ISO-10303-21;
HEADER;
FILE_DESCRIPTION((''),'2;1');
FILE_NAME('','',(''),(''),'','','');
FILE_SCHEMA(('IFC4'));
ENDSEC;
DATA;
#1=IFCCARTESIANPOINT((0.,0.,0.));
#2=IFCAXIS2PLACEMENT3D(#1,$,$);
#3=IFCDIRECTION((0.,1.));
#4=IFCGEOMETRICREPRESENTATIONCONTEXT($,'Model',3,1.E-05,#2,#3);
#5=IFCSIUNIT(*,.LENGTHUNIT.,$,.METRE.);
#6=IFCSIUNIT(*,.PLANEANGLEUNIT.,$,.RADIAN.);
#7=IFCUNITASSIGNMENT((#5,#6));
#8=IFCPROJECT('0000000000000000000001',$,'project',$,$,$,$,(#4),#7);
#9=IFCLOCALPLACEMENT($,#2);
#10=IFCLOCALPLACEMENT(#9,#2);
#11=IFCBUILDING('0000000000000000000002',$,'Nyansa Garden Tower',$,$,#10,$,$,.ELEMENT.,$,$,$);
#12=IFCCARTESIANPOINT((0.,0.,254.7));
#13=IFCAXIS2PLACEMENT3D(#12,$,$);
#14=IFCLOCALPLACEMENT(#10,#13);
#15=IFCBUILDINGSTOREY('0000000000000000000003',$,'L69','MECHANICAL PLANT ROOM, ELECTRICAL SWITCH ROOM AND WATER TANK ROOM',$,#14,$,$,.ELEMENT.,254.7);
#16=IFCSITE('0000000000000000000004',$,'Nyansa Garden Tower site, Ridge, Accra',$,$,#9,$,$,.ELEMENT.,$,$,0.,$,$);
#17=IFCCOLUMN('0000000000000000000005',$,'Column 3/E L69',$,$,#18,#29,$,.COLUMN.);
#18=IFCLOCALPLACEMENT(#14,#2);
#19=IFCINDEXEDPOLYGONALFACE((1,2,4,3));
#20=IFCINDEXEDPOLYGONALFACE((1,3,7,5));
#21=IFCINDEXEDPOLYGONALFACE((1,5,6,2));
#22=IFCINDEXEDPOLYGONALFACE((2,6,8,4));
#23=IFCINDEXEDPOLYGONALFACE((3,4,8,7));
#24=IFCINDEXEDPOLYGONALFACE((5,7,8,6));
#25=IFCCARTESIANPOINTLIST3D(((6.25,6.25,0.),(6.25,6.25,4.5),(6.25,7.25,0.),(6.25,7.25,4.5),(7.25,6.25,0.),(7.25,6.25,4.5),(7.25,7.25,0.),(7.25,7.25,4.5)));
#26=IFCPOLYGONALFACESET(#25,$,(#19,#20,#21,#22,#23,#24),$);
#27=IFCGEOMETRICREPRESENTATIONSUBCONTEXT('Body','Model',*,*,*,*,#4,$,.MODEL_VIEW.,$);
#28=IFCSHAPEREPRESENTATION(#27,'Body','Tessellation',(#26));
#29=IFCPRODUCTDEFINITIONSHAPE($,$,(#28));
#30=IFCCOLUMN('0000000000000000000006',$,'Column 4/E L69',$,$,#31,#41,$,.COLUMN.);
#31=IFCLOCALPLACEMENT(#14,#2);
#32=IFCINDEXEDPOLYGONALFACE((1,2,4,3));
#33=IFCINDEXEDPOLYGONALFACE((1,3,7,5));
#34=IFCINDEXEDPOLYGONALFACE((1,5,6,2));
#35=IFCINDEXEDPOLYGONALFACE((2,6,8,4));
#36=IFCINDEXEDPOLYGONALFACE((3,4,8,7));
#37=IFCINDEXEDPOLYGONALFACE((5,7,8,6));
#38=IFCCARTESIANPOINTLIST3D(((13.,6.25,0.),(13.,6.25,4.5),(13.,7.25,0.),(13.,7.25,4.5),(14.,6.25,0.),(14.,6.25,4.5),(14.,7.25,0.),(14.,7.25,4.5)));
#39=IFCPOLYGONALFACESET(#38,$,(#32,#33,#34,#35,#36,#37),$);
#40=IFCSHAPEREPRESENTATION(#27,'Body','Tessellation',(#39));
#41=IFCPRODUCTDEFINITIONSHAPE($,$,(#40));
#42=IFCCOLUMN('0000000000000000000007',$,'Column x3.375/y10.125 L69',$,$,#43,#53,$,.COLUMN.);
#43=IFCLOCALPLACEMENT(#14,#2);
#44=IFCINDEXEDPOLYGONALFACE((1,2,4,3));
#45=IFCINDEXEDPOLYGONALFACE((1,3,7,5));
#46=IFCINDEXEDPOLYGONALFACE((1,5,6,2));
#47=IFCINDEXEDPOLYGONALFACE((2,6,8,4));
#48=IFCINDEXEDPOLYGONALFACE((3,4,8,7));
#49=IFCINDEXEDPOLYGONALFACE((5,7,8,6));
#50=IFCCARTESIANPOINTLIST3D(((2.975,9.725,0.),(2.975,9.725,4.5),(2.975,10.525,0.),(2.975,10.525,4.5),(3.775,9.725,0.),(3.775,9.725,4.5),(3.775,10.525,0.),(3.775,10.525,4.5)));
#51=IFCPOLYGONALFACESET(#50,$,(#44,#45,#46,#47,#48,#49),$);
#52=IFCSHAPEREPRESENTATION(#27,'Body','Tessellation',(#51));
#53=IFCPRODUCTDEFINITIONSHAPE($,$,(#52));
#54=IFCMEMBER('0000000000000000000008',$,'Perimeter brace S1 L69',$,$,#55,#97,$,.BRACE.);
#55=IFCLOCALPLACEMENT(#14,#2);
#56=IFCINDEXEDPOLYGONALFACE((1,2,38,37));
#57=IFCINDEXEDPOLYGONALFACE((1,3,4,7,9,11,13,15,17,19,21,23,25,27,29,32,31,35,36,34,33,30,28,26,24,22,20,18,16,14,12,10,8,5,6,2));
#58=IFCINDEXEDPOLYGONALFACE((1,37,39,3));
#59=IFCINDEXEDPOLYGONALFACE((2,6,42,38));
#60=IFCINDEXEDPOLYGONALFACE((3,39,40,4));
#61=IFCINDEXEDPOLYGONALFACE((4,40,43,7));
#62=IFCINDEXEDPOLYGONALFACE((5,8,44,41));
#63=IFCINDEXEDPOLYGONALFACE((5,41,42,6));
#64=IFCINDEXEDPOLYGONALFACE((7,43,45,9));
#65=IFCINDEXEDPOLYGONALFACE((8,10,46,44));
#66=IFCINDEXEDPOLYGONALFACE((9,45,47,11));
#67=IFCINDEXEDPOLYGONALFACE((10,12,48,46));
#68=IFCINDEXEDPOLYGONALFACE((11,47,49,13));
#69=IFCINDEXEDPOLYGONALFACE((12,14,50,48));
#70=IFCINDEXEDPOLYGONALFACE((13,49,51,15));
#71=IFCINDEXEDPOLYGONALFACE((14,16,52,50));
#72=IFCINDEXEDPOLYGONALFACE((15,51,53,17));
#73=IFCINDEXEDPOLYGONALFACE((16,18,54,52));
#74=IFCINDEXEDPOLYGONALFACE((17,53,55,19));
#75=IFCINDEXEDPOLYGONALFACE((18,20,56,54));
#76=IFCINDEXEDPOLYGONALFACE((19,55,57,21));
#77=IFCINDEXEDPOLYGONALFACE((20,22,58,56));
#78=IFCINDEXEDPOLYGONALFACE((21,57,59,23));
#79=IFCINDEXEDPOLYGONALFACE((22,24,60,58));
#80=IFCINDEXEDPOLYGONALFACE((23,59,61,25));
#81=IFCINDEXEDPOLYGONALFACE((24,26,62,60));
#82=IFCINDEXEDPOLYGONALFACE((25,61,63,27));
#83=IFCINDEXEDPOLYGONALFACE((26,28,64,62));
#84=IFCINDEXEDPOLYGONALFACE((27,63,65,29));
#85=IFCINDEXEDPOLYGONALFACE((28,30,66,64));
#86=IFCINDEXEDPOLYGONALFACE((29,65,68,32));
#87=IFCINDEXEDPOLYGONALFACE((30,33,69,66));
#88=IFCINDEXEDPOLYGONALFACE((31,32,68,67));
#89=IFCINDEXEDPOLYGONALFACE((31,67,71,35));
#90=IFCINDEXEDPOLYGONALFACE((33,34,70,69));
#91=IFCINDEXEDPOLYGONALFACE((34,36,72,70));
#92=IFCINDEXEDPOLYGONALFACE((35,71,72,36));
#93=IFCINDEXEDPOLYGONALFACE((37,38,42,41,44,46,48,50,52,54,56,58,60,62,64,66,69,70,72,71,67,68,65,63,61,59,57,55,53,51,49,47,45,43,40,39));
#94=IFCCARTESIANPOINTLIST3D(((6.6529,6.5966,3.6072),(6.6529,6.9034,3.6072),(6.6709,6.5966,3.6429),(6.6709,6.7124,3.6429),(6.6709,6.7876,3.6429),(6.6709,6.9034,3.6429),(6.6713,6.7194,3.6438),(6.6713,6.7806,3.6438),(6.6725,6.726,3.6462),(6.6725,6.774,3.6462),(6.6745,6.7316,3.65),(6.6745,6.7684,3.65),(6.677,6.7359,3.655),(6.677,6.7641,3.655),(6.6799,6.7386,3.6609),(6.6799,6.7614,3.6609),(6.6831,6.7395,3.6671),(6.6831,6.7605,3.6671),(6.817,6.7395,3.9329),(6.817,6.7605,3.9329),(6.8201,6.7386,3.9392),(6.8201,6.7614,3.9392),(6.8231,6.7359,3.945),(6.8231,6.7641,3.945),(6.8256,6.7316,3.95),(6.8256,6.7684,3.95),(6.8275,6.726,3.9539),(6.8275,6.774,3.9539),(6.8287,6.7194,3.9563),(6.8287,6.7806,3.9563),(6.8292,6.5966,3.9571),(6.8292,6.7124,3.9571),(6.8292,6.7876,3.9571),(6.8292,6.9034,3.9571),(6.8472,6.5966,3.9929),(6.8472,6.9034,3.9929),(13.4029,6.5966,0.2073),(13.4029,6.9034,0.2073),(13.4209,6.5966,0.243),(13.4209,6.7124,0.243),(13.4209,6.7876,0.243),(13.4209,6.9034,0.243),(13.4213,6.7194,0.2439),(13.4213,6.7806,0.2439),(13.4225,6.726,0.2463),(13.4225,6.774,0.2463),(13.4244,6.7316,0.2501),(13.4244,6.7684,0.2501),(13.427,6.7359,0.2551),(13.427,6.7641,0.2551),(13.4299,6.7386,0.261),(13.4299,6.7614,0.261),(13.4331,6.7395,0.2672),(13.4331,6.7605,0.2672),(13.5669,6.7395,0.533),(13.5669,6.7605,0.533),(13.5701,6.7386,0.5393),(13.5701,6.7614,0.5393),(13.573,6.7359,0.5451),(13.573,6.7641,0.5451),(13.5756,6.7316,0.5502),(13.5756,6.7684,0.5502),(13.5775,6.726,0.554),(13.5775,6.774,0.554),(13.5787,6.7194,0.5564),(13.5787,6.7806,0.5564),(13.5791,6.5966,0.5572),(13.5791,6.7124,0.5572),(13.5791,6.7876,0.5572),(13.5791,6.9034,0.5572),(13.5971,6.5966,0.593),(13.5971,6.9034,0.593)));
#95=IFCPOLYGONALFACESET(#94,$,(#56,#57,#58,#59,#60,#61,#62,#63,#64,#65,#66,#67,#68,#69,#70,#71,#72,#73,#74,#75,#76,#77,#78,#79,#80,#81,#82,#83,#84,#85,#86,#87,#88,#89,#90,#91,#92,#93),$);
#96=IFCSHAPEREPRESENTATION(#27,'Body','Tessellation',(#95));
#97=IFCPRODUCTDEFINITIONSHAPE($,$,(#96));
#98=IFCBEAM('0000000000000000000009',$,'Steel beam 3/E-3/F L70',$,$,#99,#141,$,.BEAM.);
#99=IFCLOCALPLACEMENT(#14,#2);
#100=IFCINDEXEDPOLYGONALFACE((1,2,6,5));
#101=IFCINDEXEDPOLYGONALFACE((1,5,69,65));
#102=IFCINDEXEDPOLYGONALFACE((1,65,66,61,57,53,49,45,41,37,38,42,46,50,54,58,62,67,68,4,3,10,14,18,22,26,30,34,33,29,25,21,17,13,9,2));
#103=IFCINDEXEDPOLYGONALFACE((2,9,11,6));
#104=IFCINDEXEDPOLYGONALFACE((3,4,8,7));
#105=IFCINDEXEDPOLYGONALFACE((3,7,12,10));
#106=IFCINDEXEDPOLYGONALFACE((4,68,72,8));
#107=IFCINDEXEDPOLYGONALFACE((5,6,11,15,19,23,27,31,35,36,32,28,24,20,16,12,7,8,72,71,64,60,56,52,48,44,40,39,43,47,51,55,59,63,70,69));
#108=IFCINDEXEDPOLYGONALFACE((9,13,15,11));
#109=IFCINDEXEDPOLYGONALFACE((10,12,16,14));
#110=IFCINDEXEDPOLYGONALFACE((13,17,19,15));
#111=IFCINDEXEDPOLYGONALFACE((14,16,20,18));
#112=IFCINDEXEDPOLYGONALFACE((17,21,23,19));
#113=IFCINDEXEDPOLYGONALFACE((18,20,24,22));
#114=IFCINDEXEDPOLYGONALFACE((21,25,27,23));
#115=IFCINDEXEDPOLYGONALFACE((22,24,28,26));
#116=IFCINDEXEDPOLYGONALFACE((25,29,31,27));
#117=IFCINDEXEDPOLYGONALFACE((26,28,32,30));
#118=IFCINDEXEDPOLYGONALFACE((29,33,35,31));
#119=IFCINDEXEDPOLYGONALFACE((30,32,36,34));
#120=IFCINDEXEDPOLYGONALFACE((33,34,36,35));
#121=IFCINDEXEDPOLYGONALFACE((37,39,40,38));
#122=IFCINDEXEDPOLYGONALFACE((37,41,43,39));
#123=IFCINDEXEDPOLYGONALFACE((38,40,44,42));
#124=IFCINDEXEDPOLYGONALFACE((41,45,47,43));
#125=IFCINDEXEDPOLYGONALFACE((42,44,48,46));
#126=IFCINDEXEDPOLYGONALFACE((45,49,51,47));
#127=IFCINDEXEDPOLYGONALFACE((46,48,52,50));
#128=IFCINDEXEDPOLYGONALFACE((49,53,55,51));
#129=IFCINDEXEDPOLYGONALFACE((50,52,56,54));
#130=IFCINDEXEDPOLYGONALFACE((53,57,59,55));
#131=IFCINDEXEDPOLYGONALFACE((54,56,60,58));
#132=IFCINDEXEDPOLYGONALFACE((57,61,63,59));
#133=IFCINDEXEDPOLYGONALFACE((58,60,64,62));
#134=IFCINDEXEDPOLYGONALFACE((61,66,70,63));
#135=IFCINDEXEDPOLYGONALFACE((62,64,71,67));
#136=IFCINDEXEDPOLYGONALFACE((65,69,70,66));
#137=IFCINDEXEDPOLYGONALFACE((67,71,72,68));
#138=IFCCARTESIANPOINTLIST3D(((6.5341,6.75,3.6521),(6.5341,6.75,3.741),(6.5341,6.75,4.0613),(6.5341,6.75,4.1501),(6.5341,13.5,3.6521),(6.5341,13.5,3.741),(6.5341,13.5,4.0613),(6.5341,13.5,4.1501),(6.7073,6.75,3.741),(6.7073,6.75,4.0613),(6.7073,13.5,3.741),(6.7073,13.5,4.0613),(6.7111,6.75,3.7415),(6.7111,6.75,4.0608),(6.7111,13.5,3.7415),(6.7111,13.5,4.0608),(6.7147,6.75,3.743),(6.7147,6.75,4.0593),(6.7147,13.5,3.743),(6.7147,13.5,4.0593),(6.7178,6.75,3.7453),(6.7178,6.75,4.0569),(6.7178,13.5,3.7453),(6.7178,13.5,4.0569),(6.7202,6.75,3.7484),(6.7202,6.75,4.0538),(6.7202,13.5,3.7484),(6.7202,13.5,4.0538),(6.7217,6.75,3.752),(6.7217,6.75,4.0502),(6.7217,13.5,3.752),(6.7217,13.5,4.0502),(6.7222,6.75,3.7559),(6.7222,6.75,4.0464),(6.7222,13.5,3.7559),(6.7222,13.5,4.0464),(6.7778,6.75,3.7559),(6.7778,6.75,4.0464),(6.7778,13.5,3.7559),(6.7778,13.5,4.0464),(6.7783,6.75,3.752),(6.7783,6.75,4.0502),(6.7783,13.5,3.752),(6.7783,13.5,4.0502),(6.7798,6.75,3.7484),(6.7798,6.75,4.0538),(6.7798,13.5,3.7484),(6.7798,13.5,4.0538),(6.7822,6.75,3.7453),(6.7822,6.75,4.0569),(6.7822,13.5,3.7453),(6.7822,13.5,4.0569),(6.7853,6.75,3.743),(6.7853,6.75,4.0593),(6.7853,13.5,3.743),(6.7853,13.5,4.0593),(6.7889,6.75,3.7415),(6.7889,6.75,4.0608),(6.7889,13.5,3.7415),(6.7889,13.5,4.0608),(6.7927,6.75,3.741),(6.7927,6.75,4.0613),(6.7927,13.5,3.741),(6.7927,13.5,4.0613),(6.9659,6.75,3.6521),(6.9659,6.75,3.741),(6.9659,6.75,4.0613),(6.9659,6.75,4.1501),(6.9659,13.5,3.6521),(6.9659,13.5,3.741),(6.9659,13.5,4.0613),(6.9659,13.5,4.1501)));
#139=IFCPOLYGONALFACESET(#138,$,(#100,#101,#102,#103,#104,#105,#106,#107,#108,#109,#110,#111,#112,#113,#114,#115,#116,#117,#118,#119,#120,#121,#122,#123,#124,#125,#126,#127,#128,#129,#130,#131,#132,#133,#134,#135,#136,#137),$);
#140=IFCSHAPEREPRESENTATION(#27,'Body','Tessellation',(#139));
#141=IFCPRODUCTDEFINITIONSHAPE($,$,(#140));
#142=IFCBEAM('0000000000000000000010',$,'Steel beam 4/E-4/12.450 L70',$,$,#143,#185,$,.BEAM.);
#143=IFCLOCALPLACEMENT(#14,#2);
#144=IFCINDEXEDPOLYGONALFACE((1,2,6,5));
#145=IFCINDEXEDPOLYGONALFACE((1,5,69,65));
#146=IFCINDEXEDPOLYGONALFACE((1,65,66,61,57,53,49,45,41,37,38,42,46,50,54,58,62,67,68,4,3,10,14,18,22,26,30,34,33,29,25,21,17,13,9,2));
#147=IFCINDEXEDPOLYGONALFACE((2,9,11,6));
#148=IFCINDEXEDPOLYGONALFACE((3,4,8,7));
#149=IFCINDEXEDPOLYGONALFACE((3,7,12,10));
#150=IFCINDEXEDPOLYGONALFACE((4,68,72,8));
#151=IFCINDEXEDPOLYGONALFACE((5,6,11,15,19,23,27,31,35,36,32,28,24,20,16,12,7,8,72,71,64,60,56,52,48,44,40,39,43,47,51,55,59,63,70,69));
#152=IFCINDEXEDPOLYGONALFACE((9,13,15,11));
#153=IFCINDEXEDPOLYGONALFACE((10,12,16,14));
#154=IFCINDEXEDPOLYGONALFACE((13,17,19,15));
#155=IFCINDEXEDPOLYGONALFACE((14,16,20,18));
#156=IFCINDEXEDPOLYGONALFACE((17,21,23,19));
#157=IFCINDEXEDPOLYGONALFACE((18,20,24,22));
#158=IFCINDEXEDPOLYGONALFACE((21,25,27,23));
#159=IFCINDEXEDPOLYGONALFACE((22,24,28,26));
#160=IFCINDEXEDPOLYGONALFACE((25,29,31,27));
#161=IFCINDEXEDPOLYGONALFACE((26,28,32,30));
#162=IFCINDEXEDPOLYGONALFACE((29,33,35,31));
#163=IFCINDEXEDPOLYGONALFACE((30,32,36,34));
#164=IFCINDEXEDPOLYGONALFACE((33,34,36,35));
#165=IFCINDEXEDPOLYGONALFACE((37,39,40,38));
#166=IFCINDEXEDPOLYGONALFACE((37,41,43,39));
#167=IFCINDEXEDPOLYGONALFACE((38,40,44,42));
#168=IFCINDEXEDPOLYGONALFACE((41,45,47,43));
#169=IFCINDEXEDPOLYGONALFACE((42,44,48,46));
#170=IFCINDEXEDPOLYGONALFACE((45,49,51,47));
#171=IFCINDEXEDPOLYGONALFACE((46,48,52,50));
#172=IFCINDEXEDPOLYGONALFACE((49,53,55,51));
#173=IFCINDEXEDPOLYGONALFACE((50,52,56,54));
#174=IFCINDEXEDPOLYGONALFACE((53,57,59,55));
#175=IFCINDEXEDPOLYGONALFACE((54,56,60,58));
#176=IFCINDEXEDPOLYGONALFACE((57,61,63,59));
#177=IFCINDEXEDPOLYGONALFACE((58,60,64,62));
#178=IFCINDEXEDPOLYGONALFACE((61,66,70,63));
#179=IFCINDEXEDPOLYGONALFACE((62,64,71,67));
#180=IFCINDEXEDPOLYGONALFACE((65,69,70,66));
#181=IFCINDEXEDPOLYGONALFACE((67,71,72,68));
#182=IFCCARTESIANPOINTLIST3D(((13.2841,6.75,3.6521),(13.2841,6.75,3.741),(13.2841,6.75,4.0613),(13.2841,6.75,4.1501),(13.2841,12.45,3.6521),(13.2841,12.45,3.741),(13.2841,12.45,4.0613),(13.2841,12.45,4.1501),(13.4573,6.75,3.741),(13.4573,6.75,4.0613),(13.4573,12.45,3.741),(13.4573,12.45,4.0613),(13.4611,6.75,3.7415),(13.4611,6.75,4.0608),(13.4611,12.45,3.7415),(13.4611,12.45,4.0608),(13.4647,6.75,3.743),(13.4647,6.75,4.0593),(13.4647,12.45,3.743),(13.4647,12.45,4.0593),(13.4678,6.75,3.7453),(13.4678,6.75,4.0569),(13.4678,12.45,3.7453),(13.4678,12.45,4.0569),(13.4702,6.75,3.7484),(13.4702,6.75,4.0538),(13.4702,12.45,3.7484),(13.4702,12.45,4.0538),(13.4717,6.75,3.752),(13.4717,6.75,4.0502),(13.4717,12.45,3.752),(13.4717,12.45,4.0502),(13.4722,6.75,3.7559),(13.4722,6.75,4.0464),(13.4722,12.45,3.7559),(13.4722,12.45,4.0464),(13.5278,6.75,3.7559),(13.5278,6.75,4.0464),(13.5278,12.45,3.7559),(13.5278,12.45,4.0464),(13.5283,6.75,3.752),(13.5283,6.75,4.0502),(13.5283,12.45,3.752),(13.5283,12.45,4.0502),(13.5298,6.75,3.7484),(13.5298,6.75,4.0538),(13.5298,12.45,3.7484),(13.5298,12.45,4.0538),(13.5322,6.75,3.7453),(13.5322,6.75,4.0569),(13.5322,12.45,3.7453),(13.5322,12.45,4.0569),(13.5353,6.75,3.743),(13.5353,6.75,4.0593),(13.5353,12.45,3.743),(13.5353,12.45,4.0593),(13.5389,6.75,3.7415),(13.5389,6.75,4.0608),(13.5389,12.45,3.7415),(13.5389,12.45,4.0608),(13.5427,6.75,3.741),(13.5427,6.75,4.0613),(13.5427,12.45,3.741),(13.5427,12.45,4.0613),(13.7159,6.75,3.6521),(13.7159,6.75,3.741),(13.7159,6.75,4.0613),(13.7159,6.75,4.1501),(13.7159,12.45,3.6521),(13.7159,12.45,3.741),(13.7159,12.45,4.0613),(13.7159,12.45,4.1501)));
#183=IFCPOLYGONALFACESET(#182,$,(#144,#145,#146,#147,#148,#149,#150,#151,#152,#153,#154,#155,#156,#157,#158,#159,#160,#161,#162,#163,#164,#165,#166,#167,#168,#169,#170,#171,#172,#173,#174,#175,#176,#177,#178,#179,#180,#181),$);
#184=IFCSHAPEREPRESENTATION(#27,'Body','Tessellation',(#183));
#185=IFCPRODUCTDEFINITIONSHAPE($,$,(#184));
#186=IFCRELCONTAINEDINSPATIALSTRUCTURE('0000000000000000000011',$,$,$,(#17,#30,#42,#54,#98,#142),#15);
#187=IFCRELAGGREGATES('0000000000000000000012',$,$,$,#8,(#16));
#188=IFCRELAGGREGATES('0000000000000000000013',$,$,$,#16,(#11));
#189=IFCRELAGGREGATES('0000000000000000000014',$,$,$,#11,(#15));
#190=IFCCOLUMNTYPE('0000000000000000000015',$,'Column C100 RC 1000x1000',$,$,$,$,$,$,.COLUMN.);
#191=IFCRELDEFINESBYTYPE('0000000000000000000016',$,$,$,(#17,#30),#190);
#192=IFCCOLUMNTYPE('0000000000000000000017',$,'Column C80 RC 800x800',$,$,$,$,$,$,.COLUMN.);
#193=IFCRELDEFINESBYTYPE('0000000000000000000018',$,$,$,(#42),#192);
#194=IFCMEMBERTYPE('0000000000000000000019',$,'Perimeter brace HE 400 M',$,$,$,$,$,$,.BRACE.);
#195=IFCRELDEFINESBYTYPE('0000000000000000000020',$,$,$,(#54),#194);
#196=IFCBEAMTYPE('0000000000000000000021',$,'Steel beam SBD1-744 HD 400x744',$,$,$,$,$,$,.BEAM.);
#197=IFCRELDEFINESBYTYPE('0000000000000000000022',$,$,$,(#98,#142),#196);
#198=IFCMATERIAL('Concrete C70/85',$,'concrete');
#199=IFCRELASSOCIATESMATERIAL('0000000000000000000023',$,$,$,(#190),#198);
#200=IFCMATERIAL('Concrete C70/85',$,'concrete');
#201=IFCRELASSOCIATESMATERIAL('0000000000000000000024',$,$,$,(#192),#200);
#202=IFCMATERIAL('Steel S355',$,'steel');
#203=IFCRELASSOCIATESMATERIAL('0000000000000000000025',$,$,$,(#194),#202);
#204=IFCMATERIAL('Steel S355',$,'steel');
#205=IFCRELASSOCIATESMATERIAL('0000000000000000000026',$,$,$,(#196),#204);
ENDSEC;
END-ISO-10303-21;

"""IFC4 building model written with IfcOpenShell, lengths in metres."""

from ifc_helpers import new_model, si_unit, direction, frame, origin, origin_2d, place, context, subcontext, project, spatial, rectangle, i_section, extrude, material, material_profile, profile_set, type_object, element, save


model = new_model("IFC4")

# Units and contexts
model_context = context("Model", 3, precision=1e-05, world=origin(), true_north=direction((0.0, 1.0)))
body_context = subcontext(model_context, "Body", "Model", "MODEL_VIEW")
ifc_project = project(units=[si_unit("LENGTHUNIT", "METRE"), si_unit("PLANEANGLEUNIT", "RADIAN")], contexts=[model_context])

# Site, building, storey
site_placement = place(None, origin())
site = spatial("IfcSite", under=ifc_project, at=site_placement, Name="Nyansa Garden Tower site, Ridge, Accra", CompositionType="ELEMENT", RefElevation=0.0)
building_placement = place(site_placement, origin())
building = spatial("IfcBuilding", under=site, at=building_placement, Name="Nyansa Garden Tower", CompositionType="ELEMENT")
storey_placement = place(building_placement, frame((0.0, 0.0, 254.7)))
storey = spatial("IfcBuildingStorey", under=building, at=storey_placement, Name="L69", Description="MECHANICAL PLANT ROOM, ELECTRICAL SWITCH ROOM AND WATER TANK ROOM", CompositionType="ELEMENT", Elevation=254.7)

# Columns
ifc_material_1 = material(Name="Concrete C70/85", Category="concrete")
ifc_material_profile_1 = material_profile(ifc_material_1, rectangle(XDim=1.0, YDim=1.0, at=origin_2d()), Name="RC 1000x1000")
ifc_profile_set_1 = profile_set([ifc_material_profile_1], Name="Concrete C70/85")
column_type_1 = type_object("IfcColumnType", Name="Column C100 RC 1000x1000", PredefinedType="COLUMN", material=ifc_profile_set_1)
for number, where, z_axis, x_axis, name in (
    (1, (6.75, 6.75, 0.0), (0.0, 0.0, 1.0), (1.0, 0.0, 0.0), "Column 3/E L69"),
    (2, (13.5, 6.75, 0.0), (0.0, 0.0, 1.0), (1.0, 0.0, 0.0), "Column 4/E L69"),
):
    element("IfcColumn", number, at=place(storey_placement, frame(where, z_axis=z_axis, x_axis=x_axis)), inside=storey, type_object=column_type_1, Name=name, PredefinedType="COLUMN", context=body_context, shape_type="SweptSolid", body=[
        extrude(rectangle(XDim=1.0, YDim=1.0, at=origin_2d()), origin(), (0.0, 0.0, 1.0), 4.5),
    ])
ifc_material_2 = material(Name="Concrete C70/85", Category="concrete")
ifc_material_profile_2 = material_profile(ifc_material_2, rectangle(XDim=0.8, YDim=0.8, at=origin_2d()), Name="RC 800x800")
ifc_profile_set_2 = profile_set([ifc_material_profile_2], Name="Concrete C70/85")
column_type_2 = type_object("IfcColumnType", Name="Column C80 RC 800x800", PredefinedType="COLUMN", material=ifc_profile_set_2)
column_placement = place(storey_placement, frame((3.375, 10.125, 0.0), z_axis=(0.0, 0.0, 1.0), x_axis=(1.0, 0.0, 0.0)))
element("IfcColumn", 3, at=column_placement, inside=storey, type_object=column_type_2, Name="Column x3.375/y10.125 L69", PredefinedType="COLUMN", context=body_context, shape_type="SweptSolid", body=[
    extrude(rectangle(XDim=0.8, YDim=0.8, at=origin_2d()), origin(), (0.0, 0.0, 1.0), 4.5),
])

# Member
ifc_material_3 = material(Name="Steel S355", Category="steel")
ifc_material_profile_3 = material_profile(ifc_material_3, i_section(OverallWidth=0.3069, OverallDepth=0.4319, WebThickness=0.021, FlangeThickness=0.04, FilletRadius=0.0271, at=origin_2d()), Name="HE 400 M")
ifc_profile_set_3 = profile_set([ifc_material_profile_3], Name="Steel S355")
member_type = type_object("IfcMemberType", Name="Perimeter brace HE 400 M", PredefinedType="BRACE", material=ifc_profile_set_3)
member_placement = place(storey_placement, frame((13.5, 6.75, 0.4001), z_axis=(-0.893105, 0.0, 0.449848), x_axis=(0.0, -1.0, 0.0)))
element("IfcMember", 4, at=member_placement, inside=storey, type_object=member_type, Name="Perimeter brace S1 L69", PredefinedType="BRACE", context=body_context, shape_type="SweptSolid", body=[
    extrude(i_section(OverallWidth=0.3069, OverallDepth=0.4319, WebThickness=0.021, FlangeThickness=0.04, FilletRadius=0.0271, at=origin_2d()), origin(), (0.0, 0.0, 1.0), 7.5579),
])

# Beams
ifc_material_4 = material(Name="Steel S355", Category="steel")
ifc_material_profile_4 = material_profile(ifc_material_4, i_section(OverallWidth=0.4319, OverallDepth=0.498, WebThickness=0.0557, FlangeThickness=0.0889, FilletRadius=0.0149, at=origin_2d()), Name="HD 400x744")
ifc_profile_set_4 = profile_set([ifc_material_profile_4], Name="Steel S355")
beam_type_1 = type_object("IfcBeamType", Name="Steel beam SBD1-744 HD 400x744", PredefinedType="BEAM", material=ifc_profile_set_4)
beam_1_placement = place(storey_placement, frame((6.75, 6.75, 3.9011), z_axis=(0.0, 1.0, 0.0), x_axis=(-1.0, 0.0, 0.0)))
element("IfcBeam", 5, at=beam_1_placement, inside=storey, type_object=beam_type_1, Name="Steel beam 3/E-3/F L70", PredefinedType="BEAM", context=body_context, shape_type="SweptSolid", body=[
    extrude(i_section(OverallWidth=0.4319, OverallDepth=0.498, WebThickness=0.0557, FlangeThickness=0.0889, FilletRadius=0.0149, at=origin_2d()), origin(), (0.0, 0.0, 1.0), 6.75),
])
beam_2_placement = place(storey_placement, frame((13.5, 6.75, 3.9011), z_axis=(0.0, 1.0, 0.0), x_axis=(-1.0, 0.0, 0.0)))
element("IfcBeam", 6, at=beam_2_placement, inside=storey, type_object=beam_type_1, Name="Steel beam 4/E-4/12.450 L70", PredefinedType="BEAM", context=body_context, shape_type="SweptSolid", body=[
    extrude(i_section(OverallWidth=0.4319, OverallDepth=0.498, WebThickness=0.0557, FlangeThickness=0.0889, FilletRadius=0.0149, at=origin_2d()), origin(), (0.0, 0.0, 1.0), 5.7),
])

save(model, "model.ifc")
